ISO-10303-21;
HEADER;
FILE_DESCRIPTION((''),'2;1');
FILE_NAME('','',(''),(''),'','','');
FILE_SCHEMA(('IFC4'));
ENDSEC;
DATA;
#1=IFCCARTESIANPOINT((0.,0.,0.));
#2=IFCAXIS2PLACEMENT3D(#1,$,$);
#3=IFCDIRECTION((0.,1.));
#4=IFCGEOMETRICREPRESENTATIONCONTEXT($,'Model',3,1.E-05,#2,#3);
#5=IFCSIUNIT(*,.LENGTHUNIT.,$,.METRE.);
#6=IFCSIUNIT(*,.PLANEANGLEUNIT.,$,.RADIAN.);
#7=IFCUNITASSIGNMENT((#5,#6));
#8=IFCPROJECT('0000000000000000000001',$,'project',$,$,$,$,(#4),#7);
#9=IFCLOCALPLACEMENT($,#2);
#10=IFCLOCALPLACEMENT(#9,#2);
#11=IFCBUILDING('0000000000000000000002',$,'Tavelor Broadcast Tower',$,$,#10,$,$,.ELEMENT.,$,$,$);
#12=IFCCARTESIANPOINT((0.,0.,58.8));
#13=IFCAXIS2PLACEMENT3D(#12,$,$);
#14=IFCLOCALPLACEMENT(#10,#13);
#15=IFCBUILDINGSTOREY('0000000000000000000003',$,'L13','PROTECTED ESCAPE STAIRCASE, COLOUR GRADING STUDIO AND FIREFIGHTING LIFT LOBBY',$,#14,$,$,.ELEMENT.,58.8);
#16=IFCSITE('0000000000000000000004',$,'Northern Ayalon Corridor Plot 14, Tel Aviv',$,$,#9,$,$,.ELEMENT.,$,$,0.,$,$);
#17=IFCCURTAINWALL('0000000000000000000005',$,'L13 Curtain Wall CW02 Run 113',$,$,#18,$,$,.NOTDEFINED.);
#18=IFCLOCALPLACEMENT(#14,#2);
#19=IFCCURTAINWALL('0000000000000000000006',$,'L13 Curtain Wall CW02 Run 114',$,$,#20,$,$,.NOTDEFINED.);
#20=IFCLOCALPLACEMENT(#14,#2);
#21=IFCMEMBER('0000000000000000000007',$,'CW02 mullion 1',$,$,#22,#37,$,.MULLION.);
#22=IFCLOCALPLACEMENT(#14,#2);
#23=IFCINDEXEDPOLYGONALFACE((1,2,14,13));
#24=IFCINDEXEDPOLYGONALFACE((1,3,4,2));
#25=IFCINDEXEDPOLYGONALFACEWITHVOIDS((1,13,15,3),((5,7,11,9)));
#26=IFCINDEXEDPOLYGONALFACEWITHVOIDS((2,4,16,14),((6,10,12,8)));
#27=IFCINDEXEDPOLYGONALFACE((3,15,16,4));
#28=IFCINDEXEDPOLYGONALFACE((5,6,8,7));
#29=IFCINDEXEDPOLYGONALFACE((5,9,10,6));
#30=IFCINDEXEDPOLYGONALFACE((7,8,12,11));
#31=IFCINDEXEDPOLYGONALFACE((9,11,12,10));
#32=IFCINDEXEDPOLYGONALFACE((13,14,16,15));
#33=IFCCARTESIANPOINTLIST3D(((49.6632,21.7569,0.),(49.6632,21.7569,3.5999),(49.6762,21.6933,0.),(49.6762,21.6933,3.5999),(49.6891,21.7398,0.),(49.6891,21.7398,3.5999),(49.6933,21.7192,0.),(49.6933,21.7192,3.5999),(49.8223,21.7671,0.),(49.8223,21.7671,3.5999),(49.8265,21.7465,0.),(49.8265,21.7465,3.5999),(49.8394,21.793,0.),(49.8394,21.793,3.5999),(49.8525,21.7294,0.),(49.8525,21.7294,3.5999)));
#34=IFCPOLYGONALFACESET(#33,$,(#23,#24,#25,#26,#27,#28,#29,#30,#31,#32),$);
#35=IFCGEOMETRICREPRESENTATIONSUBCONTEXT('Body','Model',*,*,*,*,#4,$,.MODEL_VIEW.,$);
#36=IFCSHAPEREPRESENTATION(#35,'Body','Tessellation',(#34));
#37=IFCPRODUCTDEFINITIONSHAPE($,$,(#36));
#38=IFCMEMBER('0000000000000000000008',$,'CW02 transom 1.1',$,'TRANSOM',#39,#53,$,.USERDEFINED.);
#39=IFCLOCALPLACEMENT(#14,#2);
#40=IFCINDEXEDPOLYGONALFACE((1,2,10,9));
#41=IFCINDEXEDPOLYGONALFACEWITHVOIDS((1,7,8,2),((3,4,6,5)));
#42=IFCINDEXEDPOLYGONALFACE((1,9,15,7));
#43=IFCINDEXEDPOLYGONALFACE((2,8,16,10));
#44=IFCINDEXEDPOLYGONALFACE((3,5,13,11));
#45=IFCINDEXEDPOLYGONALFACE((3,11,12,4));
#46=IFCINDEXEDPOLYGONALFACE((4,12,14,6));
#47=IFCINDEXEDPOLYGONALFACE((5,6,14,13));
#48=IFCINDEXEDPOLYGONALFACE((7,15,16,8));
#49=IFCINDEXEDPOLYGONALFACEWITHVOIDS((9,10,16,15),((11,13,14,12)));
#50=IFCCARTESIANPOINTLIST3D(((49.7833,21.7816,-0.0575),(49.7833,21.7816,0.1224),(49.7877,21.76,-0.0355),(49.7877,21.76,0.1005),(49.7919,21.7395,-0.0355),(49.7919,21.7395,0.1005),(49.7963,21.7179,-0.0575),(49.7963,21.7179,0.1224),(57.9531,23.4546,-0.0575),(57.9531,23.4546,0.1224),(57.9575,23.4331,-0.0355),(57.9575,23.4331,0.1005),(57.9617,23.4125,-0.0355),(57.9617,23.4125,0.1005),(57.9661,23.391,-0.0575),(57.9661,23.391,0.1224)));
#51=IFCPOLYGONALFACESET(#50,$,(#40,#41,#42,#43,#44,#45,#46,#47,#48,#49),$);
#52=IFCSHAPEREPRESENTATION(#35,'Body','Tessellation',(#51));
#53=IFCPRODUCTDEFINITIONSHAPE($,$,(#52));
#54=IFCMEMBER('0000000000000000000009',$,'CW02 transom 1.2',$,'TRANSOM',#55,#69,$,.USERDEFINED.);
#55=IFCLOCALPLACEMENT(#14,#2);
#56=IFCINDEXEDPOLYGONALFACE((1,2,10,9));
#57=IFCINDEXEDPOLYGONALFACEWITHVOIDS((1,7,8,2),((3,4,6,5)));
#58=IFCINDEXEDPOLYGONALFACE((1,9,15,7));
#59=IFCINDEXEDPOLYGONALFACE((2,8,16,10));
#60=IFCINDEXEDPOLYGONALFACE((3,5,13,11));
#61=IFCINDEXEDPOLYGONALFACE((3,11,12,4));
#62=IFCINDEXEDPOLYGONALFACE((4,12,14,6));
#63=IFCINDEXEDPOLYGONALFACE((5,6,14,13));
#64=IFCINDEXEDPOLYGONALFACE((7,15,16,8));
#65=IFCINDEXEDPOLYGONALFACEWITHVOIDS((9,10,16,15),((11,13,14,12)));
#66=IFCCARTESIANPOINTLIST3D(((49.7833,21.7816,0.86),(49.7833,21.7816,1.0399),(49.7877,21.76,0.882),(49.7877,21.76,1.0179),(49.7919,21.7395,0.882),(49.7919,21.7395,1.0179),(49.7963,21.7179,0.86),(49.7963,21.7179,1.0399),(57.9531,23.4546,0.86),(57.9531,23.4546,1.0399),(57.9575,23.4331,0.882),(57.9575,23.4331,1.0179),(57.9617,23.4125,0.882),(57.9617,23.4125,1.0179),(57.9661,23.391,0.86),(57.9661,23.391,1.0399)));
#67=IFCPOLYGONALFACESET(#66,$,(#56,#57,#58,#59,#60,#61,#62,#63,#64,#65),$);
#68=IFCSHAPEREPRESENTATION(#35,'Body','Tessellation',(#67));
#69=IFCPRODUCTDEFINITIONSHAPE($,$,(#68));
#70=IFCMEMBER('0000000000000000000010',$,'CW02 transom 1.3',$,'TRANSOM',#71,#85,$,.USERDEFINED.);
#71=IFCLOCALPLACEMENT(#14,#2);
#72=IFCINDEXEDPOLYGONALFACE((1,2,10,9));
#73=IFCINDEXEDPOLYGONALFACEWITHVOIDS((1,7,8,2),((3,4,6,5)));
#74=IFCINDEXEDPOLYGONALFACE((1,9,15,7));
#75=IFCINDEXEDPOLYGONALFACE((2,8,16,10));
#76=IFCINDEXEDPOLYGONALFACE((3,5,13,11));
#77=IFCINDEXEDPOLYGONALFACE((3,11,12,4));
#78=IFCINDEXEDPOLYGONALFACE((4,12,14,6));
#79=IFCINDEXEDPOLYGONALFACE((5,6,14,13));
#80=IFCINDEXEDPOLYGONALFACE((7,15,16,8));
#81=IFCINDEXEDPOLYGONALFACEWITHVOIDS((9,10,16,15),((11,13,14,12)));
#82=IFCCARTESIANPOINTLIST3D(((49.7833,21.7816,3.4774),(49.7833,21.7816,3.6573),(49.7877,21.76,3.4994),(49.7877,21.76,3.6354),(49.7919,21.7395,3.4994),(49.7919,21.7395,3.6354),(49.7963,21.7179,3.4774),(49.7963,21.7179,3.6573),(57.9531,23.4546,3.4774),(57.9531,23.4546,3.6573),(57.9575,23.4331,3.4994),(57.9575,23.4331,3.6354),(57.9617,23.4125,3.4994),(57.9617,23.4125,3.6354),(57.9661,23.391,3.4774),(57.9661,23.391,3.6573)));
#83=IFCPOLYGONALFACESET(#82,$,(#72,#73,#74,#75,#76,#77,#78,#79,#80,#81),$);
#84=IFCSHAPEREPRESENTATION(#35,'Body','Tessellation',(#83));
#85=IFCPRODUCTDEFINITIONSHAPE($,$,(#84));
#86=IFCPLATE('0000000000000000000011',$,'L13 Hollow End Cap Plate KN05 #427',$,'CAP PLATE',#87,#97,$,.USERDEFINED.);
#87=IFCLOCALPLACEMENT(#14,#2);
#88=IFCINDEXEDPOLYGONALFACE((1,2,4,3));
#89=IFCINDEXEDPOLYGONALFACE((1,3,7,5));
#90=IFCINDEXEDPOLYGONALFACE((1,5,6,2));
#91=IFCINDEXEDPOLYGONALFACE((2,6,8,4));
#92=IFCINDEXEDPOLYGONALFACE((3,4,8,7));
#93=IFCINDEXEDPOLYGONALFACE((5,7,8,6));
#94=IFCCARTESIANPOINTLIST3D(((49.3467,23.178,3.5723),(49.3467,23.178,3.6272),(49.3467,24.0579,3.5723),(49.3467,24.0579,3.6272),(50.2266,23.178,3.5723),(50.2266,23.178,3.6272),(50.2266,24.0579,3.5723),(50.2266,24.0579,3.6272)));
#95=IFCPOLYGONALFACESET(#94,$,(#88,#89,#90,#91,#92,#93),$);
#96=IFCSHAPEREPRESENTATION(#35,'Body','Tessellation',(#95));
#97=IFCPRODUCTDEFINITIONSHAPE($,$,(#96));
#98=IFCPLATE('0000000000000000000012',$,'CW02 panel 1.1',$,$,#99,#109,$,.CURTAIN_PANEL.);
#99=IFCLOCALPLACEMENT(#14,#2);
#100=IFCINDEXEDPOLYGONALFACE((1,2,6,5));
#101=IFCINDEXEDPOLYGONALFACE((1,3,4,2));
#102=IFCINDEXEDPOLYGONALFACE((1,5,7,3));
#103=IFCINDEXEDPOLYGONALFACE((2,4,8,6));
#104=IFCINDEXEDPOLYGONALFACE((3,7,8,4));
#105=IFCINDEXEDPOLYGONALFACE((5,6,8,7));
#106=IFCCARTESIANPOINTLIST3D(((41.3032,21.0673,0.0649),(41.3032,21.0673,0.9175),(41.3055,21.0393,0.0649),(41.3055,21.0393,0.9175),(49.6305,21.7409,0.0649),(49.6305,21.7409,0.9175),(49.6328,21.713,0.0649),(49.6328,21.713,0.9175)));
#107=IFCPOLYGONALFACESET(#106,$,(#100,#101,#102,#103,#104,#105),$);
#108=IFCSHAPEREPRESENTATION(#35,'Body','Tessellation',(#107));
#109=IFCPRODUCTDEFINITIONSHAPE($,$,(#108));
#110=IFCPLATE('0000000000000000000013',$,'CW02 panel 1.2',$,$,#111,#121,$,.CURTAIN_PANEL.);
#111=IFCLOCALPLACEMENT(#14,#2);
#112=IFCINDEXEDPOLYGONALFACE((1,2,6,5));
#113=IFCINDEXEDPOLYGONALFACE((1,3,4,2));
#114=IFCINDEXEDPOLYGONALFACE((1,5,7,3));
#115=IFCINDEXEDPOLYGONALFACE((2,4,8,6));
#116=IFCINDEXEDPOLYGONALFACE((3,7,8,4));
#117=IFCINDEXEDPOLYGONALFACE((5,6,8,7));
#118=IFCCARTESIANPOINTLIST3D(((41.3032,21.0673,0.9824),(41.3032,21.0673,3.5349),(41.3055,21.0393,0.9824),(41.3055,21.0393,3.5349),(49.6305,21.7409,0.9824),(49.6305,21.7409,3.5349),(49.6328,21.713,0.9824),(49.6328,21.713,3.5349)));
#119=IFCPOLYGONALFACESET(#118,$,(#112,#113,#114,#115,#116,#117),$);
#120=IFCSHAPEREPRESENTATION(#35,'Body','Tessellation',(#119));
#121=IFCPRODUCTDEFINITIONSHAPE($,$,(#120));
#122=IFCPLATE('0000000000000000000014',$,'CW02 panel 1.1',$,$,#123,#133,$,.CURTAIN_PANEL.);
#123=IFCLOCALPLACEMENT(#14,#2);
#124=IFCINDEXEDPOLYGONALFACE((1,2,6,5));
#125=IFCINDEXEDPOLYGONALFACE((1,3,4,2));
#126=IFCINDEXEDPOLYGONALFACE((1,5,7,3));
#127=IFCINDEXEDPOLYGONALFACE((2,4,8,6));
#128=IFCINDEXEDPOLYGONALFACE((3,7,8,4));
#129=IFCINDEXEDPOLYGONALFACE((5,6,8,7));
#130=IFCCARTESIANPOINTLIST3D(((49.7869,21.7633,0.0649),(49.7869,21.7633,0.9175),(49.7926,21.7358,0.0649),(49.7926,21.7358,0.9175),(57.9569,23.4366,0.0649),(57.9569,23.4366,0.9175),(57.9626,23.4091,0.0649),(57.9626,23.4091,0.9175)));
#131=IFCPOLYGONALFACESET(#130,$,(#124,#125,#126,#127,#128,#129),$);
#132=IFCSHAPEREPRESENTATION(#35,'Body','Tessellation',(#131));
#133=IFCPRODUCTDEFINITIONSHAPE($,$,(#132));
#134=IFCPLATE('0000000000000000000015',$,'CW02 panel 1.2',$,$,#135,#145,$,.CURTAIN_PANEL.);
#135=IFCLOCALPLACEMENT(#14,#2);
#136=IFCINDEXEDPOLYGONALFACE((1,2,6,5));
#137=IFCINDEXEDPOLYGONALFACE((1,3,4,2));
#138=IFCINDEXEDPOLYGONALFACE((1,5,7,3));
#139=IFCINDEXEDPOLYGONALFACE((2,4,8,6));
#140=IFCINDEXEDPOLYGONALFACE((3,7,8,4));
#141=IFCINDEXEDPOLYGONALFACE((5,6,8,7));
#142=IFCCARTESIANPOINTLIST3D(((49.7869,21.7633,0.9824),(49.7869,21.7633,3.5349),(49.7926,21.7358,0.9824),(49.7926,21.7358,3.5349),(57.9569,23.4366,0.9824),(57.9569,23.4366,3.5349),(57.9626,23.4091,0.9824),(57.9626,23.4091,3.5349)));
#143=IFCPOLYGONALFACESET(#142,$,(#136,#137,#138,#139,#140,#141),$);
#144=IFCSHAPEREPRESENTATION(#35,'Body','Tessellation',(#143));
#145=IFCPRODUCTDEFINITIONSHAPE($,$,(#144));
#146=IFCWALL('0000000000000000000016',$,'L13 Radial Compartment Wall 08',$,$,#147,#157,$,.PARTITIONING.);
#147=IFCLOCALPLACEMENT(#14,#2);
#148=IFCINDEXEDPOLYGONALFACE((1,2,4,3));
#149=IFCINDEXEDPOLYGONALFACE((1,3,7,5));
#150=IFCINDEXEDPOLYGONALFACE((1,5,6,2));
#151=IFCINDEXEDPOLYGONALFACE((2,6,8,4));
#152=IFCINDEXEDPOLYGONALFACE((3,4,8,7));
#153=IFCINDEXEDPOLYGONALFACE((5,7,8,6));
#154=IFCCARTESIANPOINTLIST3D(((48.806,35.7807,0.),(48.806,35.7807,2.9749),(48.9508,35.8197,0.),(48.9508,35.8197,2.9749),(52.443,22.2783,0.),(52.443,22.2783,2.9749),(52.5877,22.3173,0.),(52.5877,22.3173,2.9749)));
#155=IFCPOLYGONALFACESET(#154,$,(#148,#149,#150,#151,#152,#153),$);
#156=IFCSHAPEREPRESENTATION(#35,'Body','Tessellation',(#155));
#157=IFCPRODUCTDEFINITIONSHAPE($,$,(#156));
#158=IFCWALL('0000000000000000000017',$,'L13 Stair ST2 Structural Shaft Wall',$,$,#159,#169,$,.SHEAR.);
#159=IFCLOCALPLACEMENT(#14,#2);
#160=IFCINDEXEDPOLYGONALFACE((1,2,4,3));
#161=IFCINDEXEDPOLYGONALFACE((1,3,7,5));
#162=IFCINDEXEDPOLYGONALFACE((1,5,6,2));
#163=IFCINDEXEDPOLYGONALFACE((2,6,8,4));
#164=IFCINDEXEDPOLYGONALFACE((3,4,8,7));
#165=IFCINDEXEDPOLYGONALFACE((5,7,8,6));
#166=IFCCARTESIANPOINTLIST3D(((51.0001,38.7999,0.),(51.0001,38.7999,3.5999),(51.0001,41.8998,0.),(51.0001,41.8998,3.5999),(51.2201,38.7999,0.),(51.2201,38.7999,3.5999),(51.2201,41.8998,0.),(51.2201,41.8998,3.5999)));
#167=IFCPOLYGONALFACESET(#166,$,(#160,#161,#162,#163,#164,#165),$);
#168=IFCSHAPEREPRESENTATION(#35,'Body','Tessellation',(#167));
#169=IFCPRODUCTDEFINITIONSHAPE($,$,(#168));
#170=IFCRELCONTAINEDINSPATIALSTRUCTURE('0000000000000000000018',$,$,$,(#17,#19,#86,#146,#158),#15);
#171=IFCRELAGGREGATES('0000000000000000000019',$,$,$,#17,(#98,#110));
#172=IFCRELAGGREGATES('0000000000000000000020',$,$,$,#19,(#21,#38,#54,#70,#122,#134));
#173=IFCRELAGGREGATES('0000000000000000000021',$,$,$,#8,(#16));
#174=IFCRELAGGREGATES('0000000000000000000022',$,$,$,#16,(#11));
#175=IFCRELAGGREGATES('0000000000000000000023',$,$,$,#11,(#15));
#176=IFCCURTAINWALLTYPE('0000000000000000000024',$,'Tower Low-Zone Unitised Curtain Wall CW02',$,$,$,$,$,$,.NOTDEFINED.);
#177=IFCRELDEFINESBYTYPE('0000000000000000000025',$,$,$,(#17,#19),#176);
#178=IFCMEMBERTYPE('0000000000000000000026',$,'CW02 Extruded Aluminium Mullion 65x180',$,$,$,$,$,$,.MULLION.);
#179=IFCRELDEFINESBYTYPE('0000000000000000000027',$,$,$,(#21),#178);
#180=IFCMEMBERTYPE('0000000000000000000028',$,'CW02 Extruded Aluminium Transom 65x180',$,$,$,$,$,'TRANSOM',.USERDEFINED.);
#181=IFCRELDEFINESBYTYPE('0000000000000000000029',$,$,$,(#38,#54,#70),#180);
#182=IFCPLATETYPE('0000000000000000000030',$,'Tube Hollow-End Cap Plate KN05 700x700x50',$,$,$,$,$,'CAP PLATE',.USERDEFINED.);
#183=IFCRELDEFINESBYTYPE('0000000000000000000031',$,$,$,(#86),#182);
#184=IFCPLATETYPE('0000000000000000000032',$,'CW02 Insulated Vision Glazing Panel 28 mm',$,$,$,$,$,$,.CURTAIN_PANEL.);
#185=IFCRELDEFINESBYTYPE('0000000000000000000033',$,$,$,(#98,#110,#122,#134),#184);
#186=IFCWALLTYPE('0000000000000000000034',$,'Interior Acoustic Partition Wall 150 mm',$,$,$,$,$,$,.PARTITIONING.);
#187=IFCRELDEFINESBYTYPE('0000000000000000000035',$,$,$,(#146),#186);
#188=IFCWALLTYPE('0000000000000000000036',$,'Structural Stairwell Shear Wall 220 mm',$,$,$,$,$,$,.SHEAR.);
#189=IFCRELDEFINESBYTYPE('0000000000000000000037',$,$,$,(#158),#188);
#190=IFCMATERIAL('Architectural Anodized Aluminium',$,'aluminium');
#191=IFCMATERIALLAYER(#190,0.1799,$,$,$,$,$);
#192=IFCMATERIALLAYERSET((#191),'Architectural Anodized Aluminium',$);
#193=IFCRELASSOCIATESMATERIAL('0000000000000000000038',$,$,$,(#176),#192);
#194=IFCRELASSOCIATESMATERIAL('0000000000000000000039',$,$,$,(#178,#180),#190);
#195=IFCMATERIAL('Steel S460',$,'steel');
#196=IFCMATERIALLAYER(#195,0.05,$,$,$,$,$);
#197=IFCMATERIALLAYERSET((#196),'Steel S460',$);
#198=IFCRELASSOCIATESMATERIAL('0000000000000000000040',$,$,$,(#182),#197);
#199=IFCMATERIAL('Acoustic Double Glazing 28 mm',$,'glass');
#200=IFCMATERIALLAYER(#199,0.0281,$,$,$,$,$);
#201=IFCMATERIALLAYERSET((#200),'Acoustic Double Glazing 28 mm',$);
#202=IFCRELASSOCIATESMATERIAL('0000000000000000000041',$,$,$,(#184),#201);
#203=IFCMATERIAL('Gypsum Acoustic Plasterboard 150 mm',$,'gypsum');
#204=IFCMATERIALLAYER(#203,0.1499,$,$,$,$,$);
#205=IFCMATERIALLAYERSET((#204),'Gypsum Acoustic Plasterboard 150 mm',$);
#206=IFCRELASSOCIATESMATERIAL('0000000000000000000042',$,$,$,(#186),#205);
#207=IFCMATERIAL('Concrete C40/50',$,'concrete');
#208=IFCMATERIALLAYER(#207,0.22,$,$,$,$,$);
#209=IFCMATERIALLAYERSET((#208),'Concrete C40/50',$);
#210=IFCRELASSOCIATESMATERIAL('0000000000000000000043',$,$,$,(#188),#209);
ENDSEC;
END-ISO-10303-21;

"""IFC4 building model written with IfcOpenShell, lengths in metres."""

from ifc_helpers import new_model, si_unit, direction, frame, frame_2d, origin, origin_2d, place, context, subcontext, project, spatial, rectangle, hollow_rectangle, extrude, source, transform, mapped, material, layer, layer_set, material_profile, profile_set, type_object, type_shapes, element, aggregate, save


model = new_model("IFC4")

# Units and contexts
model_context = context("Model", 3, precision=1e-05, world=origin(), true_north=direction((0.0, 1.0)))
body_context = subcontext(model_context, "Body", "Model", "MODEL_VIEW")
ifc_project = project(units=[si_unit("LENGTHUNIT", "METRE"), si_unit("PLANEANGLEUNIT", "RADIAN")], contexts=[model_context])

# Site, building, storey
site_placement = place(None, origin())
site = spatial("IfcSite", under=ifc_project, at=site_placement, Name="Northern Ayalon Corridor Plot 14, Tel Aviv", CompositionType="ELEMENT", RefElevation=0.0)
building_placement = place(site_placement, origin())
building = spatial("IfcBuilding", under=site, at=building_placement, Name="Tavelor Broadcast Tower", CompositionType="ELEMENT")
storey_placement = place(building_placement, frame((0.0, 0.0, 58.8)))
storey = spatial("IfcBuildingStorey", under=building, at=storey_placement, Name="L13", Description="PROTECTED ESCAPE STAIRCASE, COLOUR GRADING STUDIO AND FIREFIGHTING LIFT LOBBY", CompositionType="ELEMENT", Elevation=58.8)

# Shared definitions
ifc_material_1 = material(Name="Steel S460", Category="steel")

# Curtain wall
ifc_material_2 = material(Name="Architectural Anodized Aluminium", Category="aluminium")
ifc_layer_1 = layer(ifc_material_2, 0.1799)
ifc_layer_set_1 = layer_set([ifc_layer_1], Name="Architectural Anodized Aluminium")
curtain_wall_type = type_object("IfcCurtainWallType", Name="Tower Low-Zone Unitised Curtain Wall CW02", PredefinedType="NOTDEFINED", material=ifc_layer_set_1)
curtain_wall_1_placement = place(storey_placement, origin())
curtain_wall_1 = element("IfcCurtainWall", 1, at=curtain_wall_1_placement, inside=storey, type_object=curtain_wall_type, Name="L13 Curtain Wall CW02 Run 113", PredefinedType="NOTDEFINED")
ifc_material_profile_1 = material_profile(ifc_material_2, hollow_rectangle(XDim=0.0649, YDim=0.1799, WallThickness=0.022, at=origin_2d()), Name="RHS 65x180x22")
ifc_profile_set_1 = profile_set([ifc_material_profile_1], Name="Architectural Anodized Aluminium")
member_type_1 = type_object("IfcMemberType", Name="CW02 Extruded Aluminium Mullion 65x180", PredefinedType="MULLION", material=ifc_profile_set_1)
shared_shape_1 = source(origin(), body_context, "Body", "SweptSolid", [
    extrude(hollow_rectangle(XDim=0.0649, YDim=0.1799, WallThickness=0.022, at=origin_2d()), origin(), (0.0, 0.0, 1.0), 3.5999),
])
type_shapes(member_type_1, [shared_shape_1])

# Curtain wall, members
curtain_wall_2_placement = place(storey_placement, origin())
curtain_wall_2 = element("IfcCurtainWall", 2, at=curtain_wall_2_placement, inside=storey, type_object=curtain_wall_type, Name="L13 Curtain Wall CW02 Run 114", PredefinedType="NOTDEFINED")
member_1_placement = place(storey_placement, frame((49.7578, 21.7432, 0.0), z_axis=(0.0, 0.0, 1.0), x_axis=(-0.200648, 0.979663, 0.0)))
member_1 = element("IfcMember", 3, at=member_1_placement, type_object=member_type_1, Name="CW02 mullion 1", PredefinedType="MULLION", context=body_context, shape_type="MappedRepresentation", body=[
    mapped(shared_shape_1, transform((0.0, 0.0, 0.0), scale=1.0)),
])
ifc_material_profile_2 = material_profile(ifc_material_2, hollow_rectangle(XDim=0.0649, YDim=0.1799, WallThickness=0.022, at=origin_2d()), Name="RHS 65x180x22")
ifc_profile_set_2 = profile_set([ifc_material_profile_2], Name="Architectural Anodized Aluminium")
member_type_2 = type_object("IfcMemberType", Name="CW02 Extruded Aluminium Transom 65x180", ElementType="TRANSOM", PredefinedType="USERDEFINED", material=ifc_profile_set_2)
shared_shape_2 = source(origin(), body_context, "Body", "SweptSolid", [
    extrude(hollow_rectangle(XDim=0.0649, YDim=0.1799, WallThickness=0.022, at=origin_2d()), origin(), (0.0, 0.0, 1.0), 8.3394),
])
type_shapes(member_type_2, [shared_shape_2])
member_2_placement = place(storey_placement, frame((49.7898, 21.7498, 0.0325), z_axis=(0.979668, 0.200624, 0.0), x_axis=(-0.200624, 0.979668, 0.0)))
member_2 = element("IfcMember", 4, at=member_2_placement, type_object=member_type_2, Name="CW02 transom 1.1", ObjectType="TRANSOM", PredefinedType="USERDEFINED", context=body_context, shape_type="MappedRepresentation", body=[
    mapped(shared_shape_2, transform((0.0, 0.0, 0.0), scale=1.0)),
])
member_3_placement = place(storey_placement, frame((49.7898, 21.7498, 0.95), z_axis=(0.979668, 0.200624, 0.0), x_axis=(-0.200624, 0.979668, 0.0)))
member_3 = element("IfcMember", 5, at=member_3_placement, type_object=member_type_2, Name="CW02 transom 1.2", ObjectType="TRANSOM", PredefinedType="USERDEFINED", context=body_context, shape_type="MappedRepresentation", body=[
    mapped(shared_shape_2, transform((0.0, 0.0, 0.0), scale=1.0)),
])
member_4_placement = place(storey_placement, frame((49.7898, 21.7498, 3.5674), z_axis=(0.979668, 0.200624, 0.0), x_axis=(-0.200624, 0.979668, 0.0)))
member_4 = element("IfcMember", 6, at=member_4_placement, type_object=member_type_2, Name="CW02 transom 1.3", ObjectType="TRANSOM", PredefinedType="USERDEFINED", context=body_context, shape_type="MappedRepresentation", body=[
    mapped(shared_shape_2, transform((0.0, 0.0, 0.0), scale=1.0)),
])

# Plates
ifc_layer_2 = layer(ifc_material_1, 0.05)
ifc_layer_set_2 = layer_set([ifc_layer_2], Name="Steel S460")
plate_type_1 = type_object("IfcPlateType", Name="Tube Hollow-End Cap Plate KN05 700x700x50", ElementType="CAP PLATE", PredefinedType="USERDEFINED", material=ifc_layer_set_2)
shared_shape_3 = source(origin(), body_context, "Body", "SweptSolid", [
    extrude(rectangle(XDim=0.8799, YDim=0.8799, at=origin_2d()), origin(), (0.0, 0.0, 1.0), 0.0549),
])
type_shapes(plate_type_1, [shared_shape_3])
plate_1_placement = place(storey_placement, frame((49.7866, 23.6179, 3.5723), z_axis=(0.0, 0.0, 1.0), x_axis=(1.0, 0.0, 0.0)))
element("IfcPlate", 7, at=plate_1_placement, inside=storey, type_object=plate_type_1, Name="L13 Hollow End Cap Plate KN05 #427", ObjectType="CAP PLATE", PredefinedType="USERDEFINED", context=body_context, shape_type="MappedRepresentation", body=[
    mapped(shared_shape_3, transform((0.0, 0.0, 0.0), scale=1.0)),
])
ifc_material_3 = material(Name="Acoustic Double Glazing 28 mm", Category="glass")
ifc_layer_3 = layer(ifc_material_3, 0.0281)
ifc_layer_set_3 = layer_set([ifc_layer_3], Name="Acoustic Double Glazing 28 mm")
plate_type_2 = type_object("IfcPlateType", Name="CW02 Insulated Vision Glazing Panel 28 mm", PredefinedType="CURTAIN_PANEL", material=ifc_layer_set_3)
shared_shape_4 = source(origin(), body_context, "Body", "SweptSolid", [
    extrude(rectangle(XDim=8.3545, YDim=0.0281, at=origin_2d()), origin(), (0.0, 0.0, 1.0), 0.8525),
])
plate_2_placement = place(storey_placement, frame((45.468, 21.3901, 0.0649), z_axis=(0.0, 0.0, 1.0), x_axis=(0.996744, 0.080629, 0.0)))
plate_2 = element("IfcPlate", 8, at=plate_2_placement, type_object=plate_type_2, Name="CW02 panel 1.1", PredefinedType="CURTAIN_PANEL", context=body_context, shape_type="MappedRepresentation", body=[
    mapped(shared_shape_4, transform((0.0, 0.0, 0.0), scale=1.0)),
])
shared_shape_5 = source(origin(), body_context, "Body", "SweptSolid", [
    extrude(rectangle(XDim=8.3545, YDim=0.0281, at=origin_2d()), origin(), (0.0, 0.0, 1.0), 2.5525),
])
plate_3_placement = place(storey_placement, frame((45.468, 21.3901, 0.9824), z_axis=(0.0, 0.0, 1.0), x_axis=(0.996744, 0.080629, 0.0)))
plate_3 = element("IfcPlate", 9, at=plate_3_placement, type_object=plate_type_2, Name="CW02 panel 1.2", PredefinedType="CURTAIN_PANEL", context=body_context, shape_type="MappedRepresentation", body=[
    mapped(shared_shape_5, transform((0.0, 0.0, 0.0), scale=1.0)),
])
aggregate(curtain_wall_1, [plate_2, plate_3])
shared_shape_6 = source(origin(), body_context, "Body", "SweptSolid", [
    extrude(rectangle(XDim=8.3396, YDim=0.0281, at=origin_2d()), origin(), (0.0, 0.0, 1.0), 0.8525),
])
plate_4_placement = place(storey_placement, frame((53.8748, 22.5862, 0.0649), z_axis=(0.0, 0.0, 1.0), x_axis=(0.979663, 0.200648, 0.0)))
plate_4 = element("IfcPlate", 10, at=plate_4_placement, type_object=plate_type_2, Name="CW02 panel 1.1", PredefinedType="CURTAIN_PANEL", context=body_context, shape_type="MappedRepresentation", body=[
    mapped(shared_shape_6, transform((0.0, 0.0, 0.0), scale=1.0)),
])
shared_shape_7 = source(origin(), body_context, "Body", "SweptSolid", [
    extrude(rectangle(XDim=8.3396, YDim=0.0281, at=origin_2d()), origin(), (0.0, 0.0, 1.0), 2.5525),
])
type_shapes(plate_type_2, [shared_shape_4, shared_shape_5, shared_shape_6, shared_shape_7])
plate_5_placement = place(storey_placement, frame((53.8748, 22.5862, 0.9824), z_axis=(0.0, 0.0, 1.0), x_axis=(0.979663, 0.200648, 0.0)))
plate_5 = element("IfcPlate", 11, at=plate_5_placement, type_object=plate_type_2, Name="CW02 panel 1.2", PredefinedType="CURTAIN_PANEL", context=body_context, shape_type="MappedRepresentation", body=[
    mapped(shared_shape_7, transform((0.0, 0.0, 0.0), scale=1.0)),
])
aggregate(curtain_wall_2, [member_1, member_2, member_3, member_4, plate_4, plate_5])

# Walls
ifc_material_4 = material(Name="Gypsum Acoustic Plasterboard 150 mm", Category="gypsum")
ifc_layer_4 = layer(ifc_material_4, 0.1499)
ifc_layer_set_4 = layer_set([ifc_layer_4], Name="Gypsum Acoustic Plasterboard 150 mm")
wall_type_1 = type_object("IfcWallType", Name="Interior Acoustic Partition Wall 150 mm", PredefinedType="PARTITIONING", material=ifc_layer_set_4)
wall_1_placement = place(storey_placement, frame((48.8784, 35.8, 0.0), z_axis=(0.0, 0.0, 1.0), x_axis=(0.260086, -0.965585, 0.0)))
element("IfcWall", 12, at=wall_1_placement, inside=storey, type_object=wall_type_1, Name="L13 Radial Compartment Wall 08", PredefinedType="PARTITIONING", context=body_context, shape_type="SweptSolid", body=[
    extrude(rectangle(XDim=13.9836, YDim=0.1499, at=frame_2d((6.9917, 0.0))), origin(), (0.0, 0.0, 1.0), 2.9749),
])
ifc_material_5 = material(Name="Concrete C40/50", Category="concrete")
ifc_layer_5 = layer(ifc_material_5, 0.22)
ifc_layer_set_5 = layer_set([ifc_layer_5], Name="Concrete C40/50")
wall_type_2 = type_object("IfcWallType", Name="Structural Stairwell Shear Wall 220 mm", PredefinedType="SHEAR", material=ifc_layer_set_5)
wall_2_placement = place(storey_placement, frame((51.1101, 38.8, 0.0), z_axis=(0.0, 0.0, 1.0), x_axis=(0.0, 1.0, 0.0)))
element("IfcWall", 13, at=wall_2_placement, inside=storey, type_object=wall_type_2, Name="L13 Stair ST2 Structural Shaft Wall", PredefinedType="SHEAR", context=body_context, shape_type="SweptSolid", body=[
    extrude(rectangle(XDim=3.0999, YDim=0.22, at=frame_2d((1.5498, 0.0))), origin(), (0.0, 0.0, 1.0), 3.5999),
])

save(model, "model.ifc")
